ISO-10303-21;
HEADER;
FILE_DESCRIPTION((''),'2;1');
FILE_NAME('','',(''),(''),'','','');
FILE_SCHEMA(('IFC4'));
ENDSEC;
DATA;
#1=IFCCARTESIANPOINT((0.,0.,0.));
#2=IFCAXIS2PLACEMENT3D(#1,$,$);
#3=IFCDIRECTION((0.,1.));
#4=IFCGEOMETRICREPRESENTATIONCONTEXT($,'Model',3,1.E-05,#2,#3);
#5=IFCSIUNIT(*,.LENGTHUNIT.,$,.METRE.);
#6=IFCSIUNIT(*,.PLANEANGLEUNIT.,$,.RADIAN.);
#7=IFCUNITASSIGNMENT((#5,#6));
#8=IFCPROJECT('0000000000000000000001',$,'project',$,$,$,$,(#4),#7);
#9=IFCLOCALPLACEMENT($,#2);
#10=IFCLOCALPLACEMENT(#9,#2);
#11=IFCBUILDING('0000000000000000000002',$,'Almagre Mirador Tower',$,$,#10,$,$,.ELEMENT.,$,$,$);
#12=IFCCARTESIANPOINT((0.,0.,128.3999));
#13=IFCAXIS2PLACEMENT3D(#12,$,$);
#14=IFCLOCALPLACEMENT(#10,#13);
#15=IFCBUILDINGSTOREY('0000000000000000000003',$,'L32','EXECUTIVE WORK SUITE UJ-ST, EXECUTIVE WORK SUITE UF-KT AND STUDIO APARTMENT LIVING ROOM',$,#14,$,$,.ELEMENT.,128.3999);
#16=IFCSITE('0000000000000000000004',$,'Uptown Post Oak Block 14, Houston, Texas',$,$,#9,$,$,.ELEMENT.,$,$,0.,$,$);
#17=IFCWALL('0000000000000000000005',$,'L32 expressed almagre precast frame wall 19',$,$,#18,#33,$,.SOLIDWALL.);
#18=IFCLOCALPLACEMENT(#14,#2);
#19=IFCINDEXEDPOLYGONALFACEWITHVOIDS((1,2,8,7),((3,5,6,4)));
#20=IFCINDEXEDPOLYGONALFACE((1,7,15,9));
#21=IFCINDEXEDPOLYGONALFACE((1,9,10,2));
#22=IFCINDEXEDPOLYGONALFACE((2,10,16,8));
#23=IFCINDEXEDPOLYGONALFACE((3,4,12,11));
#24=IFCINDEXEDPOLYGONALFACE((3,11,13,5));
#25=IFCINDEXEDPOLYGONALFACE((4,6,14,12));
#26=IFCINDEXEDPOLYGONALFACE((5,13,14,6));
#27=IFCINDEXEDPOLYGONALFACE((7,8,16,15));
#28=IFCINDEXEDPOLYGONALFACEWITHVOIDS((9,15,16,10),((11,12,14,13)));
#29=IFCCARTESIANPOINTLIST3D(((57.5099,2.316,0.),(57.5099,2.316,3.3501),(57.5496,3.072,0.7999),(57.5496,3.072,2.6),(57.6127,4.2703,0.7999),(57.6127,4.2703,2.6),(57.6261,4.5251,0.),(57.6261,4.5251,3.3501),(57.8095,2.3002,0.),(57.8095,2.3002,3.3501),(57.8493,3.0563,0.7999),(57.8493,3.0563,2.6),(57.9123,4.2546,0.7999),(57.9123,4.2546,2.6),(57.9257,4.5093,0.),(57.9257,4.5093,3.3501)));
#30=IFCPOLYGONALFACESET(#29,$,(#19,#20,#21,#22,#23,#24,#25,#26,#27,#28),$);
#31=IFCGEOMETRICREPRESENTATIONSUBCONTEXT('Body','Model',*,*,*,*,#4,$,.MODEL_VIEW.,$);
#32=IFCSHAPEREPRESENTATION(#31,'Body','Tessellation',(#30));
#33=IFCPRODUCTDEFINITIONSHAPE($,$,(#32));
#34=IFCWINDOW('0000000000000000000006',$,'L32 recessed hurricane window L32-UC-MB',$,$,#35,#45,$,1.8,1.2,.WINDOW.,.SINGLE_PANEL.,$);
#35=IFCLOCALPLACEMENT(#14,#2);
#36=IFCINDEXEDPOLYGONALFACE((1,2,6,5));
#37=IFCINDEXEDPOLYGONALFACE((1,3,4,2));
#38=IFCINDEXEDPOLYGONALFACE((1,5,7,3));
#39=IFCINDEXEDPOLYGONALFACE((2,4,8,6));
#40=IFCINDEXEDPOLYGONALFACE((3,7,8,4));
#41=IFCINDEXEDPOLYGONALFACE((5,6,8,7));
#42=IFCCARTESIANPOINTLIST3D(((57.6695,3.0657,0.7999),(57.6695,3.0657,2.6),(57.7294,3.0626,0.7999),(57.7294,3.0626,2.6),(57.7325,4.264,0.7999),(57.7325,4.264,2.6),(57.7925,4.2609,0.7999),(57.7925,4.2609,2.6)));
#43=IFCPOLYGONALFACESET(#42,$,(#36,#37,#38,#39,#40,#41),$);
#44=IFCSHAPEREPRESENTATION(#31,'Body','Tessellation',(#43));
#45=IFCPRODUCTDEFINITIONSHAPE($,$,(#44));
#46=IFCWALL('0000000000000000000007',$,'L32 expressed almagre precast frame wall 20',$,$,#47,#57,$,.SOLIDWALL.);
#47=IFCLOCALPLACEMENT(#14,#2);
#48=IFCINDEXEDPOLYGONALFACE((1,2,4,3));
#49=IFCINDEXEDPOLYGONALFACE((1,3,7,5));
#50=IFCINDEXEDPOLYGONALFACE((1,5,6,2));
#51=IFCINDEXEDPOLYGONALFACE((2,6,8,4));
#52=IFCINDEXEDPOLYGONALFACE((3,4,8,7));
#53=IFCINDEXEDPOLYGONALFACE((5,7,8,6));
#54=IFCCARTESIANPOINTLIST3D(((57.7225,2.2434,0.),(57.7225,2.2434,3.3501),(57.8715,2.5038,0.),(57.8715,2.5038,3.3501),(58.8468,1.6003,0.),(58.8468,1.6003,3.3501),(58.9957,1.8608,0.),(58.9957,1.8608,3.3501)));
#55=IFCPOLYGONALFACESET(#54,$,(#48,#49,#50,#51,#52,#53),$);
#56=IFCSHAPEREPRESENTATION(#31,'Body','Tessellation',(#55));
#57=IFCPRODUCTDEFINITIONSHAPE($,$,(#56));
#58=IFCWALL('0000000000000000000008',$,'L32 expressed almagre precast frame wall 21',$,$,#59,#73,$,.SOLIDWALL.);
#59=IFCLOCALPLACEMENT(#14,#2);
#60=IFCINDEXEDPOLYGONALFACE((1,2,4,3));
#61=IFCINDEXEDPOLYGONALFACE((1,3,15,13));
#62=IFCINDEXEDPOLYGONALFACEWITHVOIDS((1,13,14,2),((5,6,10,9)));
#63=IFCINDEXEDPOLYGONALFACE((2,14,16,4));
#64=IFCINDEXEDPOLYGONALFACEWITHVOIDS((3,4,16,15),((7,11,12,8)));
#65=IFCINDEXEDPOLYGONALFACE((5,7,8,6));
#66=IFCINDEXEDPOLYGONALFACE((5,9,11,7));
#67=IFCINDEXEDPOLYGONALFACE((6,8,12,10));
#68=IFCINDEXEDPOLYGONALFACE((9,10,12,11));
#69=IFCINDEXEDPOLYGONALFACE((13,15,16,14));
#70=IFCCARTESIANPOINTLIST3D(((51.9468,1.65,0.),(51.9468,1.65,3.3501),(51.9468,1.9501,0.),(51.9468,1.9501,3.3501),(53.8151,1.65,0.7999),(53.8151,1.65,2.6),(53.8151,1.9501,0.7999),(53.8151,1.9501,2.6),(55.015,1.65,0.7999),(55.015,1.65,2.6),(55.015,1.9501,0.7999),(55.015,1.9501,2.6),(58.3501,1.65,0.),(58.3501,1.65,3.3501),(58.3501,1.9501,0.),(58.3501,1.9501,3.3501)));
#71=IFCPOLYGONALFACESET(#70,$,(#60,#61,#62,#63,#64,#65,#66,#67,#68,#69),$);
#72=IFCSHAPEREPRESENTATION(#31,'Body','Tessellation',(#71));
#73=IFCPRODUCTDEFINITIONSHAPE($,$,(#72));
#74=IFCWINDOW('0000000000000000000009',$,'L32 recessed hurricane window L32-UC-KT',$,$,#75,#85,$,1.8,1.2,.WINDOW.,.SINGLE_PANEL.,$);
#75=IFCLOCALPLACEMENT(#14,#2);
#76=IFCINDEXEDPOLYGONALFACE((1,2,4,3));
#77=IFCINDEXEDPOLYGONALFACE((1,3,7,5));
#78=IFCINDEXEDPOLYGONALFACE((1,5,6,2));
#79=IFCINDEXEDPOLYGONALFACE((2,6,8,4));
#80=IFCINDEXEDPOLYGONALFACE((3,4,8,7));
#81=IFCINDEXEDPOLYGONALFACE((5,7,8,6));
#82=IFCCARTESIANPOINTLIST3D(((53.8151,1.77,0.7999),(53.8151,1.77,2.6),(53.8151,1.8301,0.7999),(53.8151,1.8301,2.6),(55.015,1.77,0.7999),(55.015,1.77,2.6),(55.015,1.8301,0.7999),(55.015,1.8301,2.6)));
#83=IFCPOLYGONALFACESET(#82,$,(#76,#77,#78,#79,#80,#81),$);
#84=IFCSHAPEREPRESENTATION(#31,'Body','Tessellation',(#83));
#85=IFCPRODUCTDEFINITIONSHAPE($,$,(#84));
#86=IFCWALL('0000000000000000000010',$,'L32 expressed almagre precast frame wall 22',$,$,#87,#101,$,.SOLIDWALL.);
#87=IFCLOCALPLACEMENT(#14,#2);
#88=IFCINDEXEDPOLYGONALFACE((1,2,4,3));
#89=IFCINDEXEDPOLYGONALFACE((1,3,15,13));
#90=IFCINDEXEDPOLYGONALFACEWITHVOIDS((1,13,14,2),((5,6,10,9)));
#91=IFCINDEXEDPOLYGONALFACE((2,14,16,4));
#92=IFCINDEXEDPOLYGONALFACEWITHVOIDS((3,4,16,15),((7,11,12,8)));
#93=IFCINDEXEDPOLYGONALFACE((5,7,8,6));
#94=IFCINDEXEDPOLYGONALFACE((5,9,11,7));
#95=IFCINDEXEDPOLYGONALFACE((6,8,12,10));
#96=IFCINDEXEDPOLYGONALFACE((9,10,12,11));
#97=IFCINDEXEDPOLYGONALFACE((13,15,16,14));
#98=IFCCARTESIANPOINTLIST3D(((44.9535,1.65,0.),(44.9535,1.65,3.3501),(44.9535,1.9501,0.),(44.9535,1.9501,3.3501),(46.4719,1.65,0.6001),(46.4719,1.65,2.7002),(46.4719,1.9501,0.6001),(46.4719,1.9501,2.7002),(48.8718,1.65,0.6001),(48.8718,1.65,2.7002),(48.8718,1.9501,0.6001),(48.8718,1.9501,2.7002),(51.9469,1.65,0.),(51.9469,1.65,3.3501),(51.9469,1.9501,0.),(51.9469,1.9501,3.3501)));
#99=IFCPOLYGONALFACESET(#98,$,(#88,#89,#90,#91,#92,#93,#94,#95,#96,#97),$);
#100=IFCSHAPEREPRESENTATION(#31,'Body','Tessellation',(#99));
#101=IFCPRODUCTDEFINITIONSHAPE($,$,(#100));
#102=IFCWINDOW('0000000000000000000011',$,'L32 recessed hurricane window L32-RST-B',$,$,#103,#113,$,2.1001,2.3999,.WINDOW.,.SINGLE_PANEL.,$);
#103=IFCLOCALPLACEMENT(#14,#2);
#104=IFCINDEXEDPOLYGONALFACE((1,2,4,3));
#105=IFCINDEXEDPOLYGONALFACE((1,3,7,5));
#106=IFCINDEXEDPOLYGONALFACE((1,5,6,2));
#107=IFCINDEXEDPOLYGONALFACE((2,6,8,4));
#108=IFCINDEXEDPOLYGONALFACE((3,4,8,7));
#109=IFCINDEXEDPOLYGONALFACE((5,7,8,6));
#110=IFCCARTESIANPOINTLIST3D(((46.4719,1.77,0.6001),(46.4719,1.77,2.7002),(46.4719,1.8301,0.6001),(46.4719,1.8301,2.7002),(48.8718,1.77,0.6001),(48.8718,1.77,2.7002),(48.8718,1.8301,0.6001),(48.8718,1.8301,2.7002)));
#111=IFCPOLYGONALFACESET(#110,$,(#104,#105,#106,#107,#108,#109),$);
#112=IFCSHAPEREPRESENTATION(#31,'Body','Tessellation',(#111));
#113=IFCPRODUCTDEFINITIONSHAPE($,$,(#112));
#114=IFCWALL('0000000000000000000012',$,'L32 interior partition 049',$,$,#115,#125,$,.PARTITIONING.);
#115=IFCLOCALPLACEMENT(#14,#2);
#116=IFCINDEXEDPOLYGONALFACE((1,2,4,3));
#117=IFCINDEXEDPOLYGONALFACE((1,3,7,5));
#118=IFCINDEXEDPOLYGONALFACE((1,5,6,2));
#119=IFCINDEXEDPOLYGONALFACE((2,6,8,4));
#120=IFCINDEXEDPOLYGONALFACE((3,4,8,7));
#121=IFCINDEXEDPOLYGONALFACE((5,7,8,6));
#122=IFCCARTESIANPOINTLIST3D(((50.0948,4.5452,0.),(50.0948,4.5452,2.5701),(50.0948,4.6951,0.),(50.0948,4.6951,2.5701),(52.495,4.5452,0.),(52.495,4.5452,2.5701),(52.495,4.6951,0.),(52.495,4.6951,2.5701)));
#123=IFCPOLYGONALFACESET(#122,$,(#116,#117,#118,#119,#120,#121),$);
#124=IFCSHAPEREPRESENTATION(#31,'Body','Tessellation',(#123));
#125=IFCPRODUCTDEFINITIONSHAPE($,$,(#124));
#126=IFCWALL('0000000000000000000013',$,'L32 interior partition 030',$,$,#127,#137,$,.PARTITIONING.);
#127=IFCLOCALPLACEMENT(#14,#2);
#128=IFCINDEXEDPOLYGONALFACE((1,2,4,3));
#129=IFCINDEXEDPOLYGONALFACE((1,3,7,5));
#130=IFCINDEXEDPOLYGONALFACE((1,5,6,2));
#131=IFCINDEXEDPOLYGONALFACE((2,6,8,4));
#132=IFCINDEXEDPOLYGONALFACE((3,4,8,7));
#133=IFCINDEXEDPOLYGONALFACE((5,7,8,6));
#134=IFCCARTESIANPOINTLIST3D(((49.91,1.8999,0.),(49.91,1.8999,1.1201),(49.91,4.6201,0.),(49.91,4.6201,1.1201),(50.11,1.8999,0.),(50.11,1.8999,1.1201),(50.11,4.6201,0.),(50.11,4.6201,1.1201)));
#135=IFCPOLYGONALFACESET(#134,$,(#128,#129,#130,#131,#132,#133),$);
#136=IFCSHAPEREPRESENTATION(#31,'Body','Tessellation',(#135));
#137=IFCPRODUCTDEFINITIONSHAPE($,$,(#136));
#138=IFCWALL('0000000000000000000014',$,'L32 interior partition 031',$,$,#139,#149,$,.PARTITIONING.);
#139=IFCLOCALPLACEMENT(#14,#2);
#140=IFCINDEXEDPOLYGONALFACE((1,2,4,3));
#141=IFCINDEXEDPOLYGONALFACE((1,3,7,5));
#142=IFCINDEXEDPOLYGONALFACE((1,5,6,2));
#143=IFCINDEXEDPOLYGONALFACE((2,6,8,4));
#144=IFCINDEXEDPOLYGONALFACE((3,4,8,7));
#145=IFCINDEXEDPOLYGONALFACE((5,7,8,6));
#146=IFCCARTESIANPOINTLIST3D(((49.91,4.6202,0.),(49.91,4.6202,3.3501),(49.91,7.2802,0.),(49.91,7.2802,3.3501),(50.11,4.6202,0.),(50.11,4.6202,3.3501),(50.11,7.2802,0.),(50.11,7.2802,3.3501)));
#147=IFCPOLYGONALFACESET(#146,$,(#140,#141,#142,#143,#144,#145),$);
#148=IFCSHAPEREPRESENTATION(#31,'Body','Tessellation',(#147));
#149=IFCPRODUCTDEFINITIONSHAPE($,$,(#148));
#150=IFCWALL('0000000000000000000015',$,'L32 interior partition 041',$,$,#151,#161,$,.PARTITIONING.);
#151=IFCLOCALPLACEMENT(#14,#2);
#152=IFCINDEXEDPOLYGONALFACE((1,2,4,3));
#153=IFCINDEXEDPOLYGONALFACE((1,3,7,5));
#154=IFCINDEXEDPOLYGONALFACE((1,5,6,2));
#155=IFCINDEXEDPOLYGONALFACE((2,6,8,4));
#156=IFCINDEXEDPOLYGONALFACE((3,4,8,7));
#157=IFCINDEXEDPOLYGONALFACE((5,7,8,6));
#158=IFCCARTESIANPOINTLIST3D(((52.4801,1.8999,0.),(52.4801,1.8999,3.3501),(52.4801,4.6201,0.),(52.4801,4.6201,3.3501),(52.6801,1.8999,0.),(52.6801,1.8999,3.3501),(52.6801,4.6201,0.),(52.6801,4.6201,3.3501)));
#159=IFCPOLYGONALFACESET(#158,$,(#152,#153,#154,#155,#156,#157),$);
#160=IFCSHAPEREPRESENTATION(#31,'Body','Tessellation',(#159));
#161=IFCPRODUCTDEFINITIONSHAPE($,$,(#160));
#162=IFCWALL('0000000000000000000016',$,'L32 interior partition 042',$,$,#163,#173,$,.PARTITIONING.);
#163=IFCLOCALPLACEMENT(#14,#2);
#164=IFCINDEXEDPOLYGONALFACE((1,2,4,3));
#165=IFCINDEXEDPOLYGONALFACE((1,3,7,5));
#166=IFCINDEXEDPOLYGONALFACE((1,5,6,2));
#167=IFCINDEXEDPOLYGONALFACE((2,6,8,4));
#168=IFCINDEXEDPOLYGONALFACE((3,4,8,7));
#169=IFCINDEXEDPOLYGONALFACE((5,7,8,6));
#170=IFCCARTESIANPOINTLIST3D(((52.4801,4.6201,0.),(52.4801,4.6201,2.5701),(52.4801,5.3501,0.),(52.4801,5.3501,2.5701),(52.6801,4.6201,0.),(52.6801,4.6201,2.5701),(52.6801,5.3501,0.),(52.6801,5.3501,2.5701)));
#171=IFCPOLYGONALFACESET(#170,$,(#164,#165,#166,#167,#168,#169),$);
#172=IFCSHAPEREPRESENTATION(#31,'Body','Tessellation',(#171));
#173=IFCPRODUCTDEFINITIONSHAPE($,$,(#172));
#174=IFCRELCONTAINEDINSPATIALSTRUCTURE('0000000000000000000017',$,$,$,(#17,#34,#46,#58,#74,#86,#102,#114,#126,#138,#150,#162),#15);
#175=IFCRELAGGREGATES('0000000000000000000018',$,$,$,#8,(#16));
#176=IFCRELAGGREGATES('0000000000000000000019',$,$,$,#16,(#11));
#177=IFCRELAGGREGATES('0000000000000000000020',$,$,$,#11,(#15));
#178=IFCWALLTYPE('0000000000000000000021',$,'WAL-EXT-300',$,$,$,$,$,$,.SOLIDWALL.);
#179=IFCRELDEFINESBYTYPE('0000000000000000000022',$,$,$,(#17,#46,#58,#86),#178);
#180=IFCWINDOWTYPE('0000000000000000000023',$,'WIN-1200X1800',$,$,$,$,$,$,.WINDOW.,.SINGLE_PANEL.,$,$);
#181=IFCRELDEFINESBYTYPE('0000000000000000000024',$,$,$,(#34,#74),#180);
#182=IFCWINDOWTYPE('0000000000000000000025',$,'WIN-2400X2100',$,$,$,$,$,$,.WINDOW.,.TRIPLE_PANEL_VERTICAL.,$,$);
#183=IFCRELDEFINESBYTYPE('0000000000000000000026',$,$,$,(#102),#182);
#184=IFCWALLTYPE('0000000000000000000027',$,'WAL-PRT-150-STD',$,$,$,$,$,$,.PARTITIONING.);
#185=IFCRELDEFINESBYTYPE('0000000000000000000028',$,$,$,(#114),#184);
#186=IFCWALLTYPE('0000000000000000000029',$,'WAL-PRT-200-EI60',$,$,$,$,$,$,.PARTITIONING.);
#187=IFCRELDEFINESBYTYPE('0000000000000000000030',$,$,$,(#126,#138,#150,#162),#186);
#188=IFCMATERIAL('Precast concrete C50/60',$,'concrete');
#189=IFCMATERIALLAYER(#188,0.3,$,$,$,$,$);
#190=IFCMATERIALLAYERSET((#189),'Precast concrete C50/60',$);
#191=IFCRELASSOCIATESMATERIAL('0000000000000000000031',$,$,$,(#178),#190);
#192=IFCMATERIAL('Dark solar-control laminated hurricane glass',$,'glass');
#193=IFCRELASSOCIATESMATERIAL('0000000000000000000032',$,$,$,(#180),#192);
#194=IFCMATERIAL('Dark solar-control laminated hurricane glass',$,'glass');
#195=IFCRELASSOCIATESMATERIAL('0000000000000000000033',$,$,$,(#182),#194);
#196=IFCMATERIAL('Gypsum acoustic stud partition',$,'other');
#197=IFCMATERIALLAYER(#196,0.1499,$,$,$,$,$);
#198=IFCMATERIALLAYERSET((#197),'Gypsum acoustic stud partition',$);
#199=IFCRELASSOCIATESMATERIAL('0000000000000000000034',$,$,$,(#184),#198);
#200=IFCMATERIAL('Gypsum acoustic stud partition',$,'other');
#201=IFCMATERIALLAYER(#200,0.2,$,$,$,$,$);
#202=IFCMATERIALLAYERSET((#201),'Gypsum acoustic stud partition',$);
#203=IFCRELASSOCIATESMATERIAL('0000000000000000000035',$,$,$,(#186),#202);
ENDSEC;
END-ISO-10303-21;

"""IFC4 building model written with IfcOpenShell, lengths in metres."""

from ifc_helpers import new_model, si_unit, direction, frame, frame_2d, origin, place, context, subcontext, project, spatial, rectangle, extrude, material, layer, layer_set, type_object, element, fill, save


model = new_model("IFC4")

# Units and contexts
model_context = context("Model", 3, precision=1e-05, world=origin(), true_north=direction((0.0, 1.0)))
body_context = subcontext(model_context, "Body", "Model", "MODEL_VIEW")
ifc_project = project(units=[si_unit("LENGTHUNIT", "METRE"), si_unit("PLANEANGLEUNIT", "RADIAN")], contexts=[model_context])

# Site, building, storey
site_placement = place(None, origin())
site = spatial("IfcSite", under=ifc_project, at=site_placement, Name="Uptown Post Oak Block 14, Houston, Texas", CompositionType="ELEMENT", RefElevation=0.0)
building_placement = place(site_placement, origin())
building = spatial("IfcBuilding", under=site, at=building_placement, Name="Almagre Mirador Tower", CompositionType="ELEMENT")
storey_placement = place(building_placement, frame((0.0, 0.0, 128.3999)))
storey = spatial("IfcBuildingStorey", under=building, at=storey_placement, Name="L32", Description="EXECUTIVE WORK SUITE UJ-ST, EXECUTIVE WORK SUITE UF-KT AND STUDIO APARTMENT LIVING ROOM", CompositionType="ELEMENT", Elevation=128.3999)

# Shared definitions
ifc_material_1 = material(Name="Precast concrete C50/60", Category="concrete")
ifc_layer_1 = layer(ifc_material_1, 0.3)
ifc_layer_set_1 = layer_set([ifc_layer_1], Name="Precast concrete C50/60")
wall_type_1 = type_object("IfcWallType", Name="WAL-EXT-300", PredefinedType="SOLIDWALL", material=ifc_layer_set_1)

# Wall, opening, window
wall_1_placement = place(storey_placement, frame((57.7759, 4.5171, 0.0), z_axis=(0.0, 0.0, 1.0), x_axis=(-0.052536, -0.998619, 0.0)))
wall_1 = element("IfcWall", 1, at=wall_1_placement, inside=storey, type_object=wall_type_1, Name="L32 expressed almagre precast frame wall 19", PredefinedType="SOLIDWALL", context=body_context, shape_type="SweptSolid", body=[
    extrude(rectangle(XDim=2.2122, YDim=0.3, at=frame_2d((1.106, 0.0))), origin(), (0.0, 0.0, 1.0), 3.3501),
])
opening_1_placement = place(wall_1_placement, frame((0.2549, 0.0, 0.8)))
opening_1 = element("IfcOpeningElement", 2, at=opening_1_placement, cuts=wall_1, PredefinedType="OPENING", context=body_context, shape_type="SweptSolid", body=[
    extrude(rectangle(XDim=1.2, YDim=1.8, at=frame_2d((0.6001, 0.8999))), frame((0.0, 0.1599, 0.0), z_axis=(0.0, -1.0, 0.0), x_axis=(1.0, 0.0, 0.0)), (0.0, 0.0, 1.0), 0.32),
])
ifc_material_2 = material(Name="Dark solar-control laminated hurricane glass", Category="glass")
window_type_1 = type_object("IfcWindowType", Name="WIN-1200X1800", PartitioningType="SINGLE_PANEL", PredefinedType="WINDOW", material=ifc_material_2)
window_1_placement = place(opening_1_placement, origin())
window_1 = element("IfcWindow", 3, at=window_1_placement, inside=storey, type_object=window_type_1, Name="L32 recessed hurricane window L32-UC-MB", OverallHeight=1.8, OverallWidth=1.2, PartitioningType="SINGLE_PANEL", PredefinedType="WINDOW", context=body_context, shape_type="SweptSolid", body=[
    extrude(rectangle(XDim=1.2, YDim=1.8, at=frame_2d((0.6001, 0.8999))), frame((0.0, 0.03, 0.0), z_axis=(0.0, -1.0, 0.0), x_axis=(1.0, 0.0, 0.0)), (0.0, 0.0, 1.0), 0.0601),
])
fill(opening_1, window_1)

# Wall
wall_2_placement = place(storey_placement, frame((57.7971, 2.3735, 0.0), z_axis=(0.0, 0.0, 1.0), x_axis=(0.868034, -0.496504, 0.0)))
element("IfcWall", 4, at=wall_2_placement, inside=storey, type_object=wall_type_1, Name="L32 expressed almagre precast frame wall 20", PredefinedType="SOLIDWALL", context=body_context, shape_type="SweptSolid", body=[
    extrude(rectangle(XDim=1.2952, YDim=0.3, at=frame_2d((0.6475, 0.0))), origin(), (0.0, 0.0, 1.0), 3.3501),
])

# Walls, openings, windows
wall_3_placement = place(storey_placement, frame((58.3501, 1.8, 0.0), z_axis=(0.0, 0.0, 1.0), x_axis=(-1.0, 0.0, 0.0)))
wall_3 = element("IfcWall", 5, at=wall_3_placement, inside=storey, type_object=wall_type_1, Name="L32 expressed almagre precast frame wall 21", PredefinedType="SOLIDWALL", context=body_context, shape_type="SweptSolid", body=[
    extrude(rectangle(XDim=6.4033, YDim=0.3, at=frame_2d((3.2017, 0.0))), origin(), (0.0, 0.0, 1.0), 3.3501),
])
opening_2_placement = place(wall_3_placement, frame((3.335, 0.0, 0.8)))
opening_2 = element("IfcOpeningElement", 6, at=opening_2_placement, cuts=wall_3, PredefinedType="OPENING", context=body_context, shape_type="SweptSolid", body=[
    extrude(rectangle(XDim=1.2, YDim=1.8, at=frame_2d((0.6001, 0.8999))), frame((0.0, 0.1599, 0.0), z_axis=(0.0, -1.0, 0.0), x_axis=(1.0, 0.0, 0.0)), (0.0, 0.0, 1.0), 0.32),
])
window_2_placement = place(opening_2_placement, origin())
window_2 = element("IfcWindow", 7, at=window_2_placement, inside=storey, type_object=window_type_1, Name="L32 recessed hurricane window L32-UC-KT", OverallHeight=1.8, OverallWidth=1.2, PartitioningType="SINGLE_PANEL", PredefinedType="WINDOW", context=body_context, shape_type="SweptSolid", body=[
    extrude(rectangle(XDim=1.2, YDim=1.8, at=frame_2d((0.6001, 0.8999))), frame((0.0, 0.03, 0.0), z_axis=(0.0, -1.0, 0.0), x_axis=(1.0, 0.0, 0.0)), (0.0, 0.0, 1.0), 0.0601),
])
fill(opening_2, window_2)
wall_4_placement = place(storey_placement, frame((51.9468, 1.8, 0.0), z_axis=(0.0, 0.0, 1.0), x_axis=(-1.0, 0.0, 0.0)))
wall_4 = element("IfcWall", 8, at=wall_4_placement, inside=storey, type_object=wall_type_1, Name="L32 expressed almagre precast frame wall 22", PredefinedType="SOLIDWALL", context=body_context, shape_type="SweptSolid", body=[
    extrude(rectangle(XDim=6.9934, YDim=0.3, at=frame_2d((3.4966, 0.0))), origin(), (0.0, 0.0, 1.0), 3.3501),
])
opening_3_placement = place(wall_4_placement, frame((3.075, 0.0, 0.6001)))
opening_3 = element("IfcOpeningElement", 9, at=opening_3_placement, cuts=wall_4, PredefinedType="OPENING", context=body_context, shape_type="SweptSolid", body=[
    extrude(rectangle(XDim=2.3999, YDim=2.1001, at=frame_2d((1.2, 1.05))), frame((0.0, 0.1599, 0.0), z_axis=(0.0, -1.0, 0.0), x_axis=(1.0, 0.0, 0.0)), (0.0, 0.0, 1.0), 0.32),
])
ifc_material_3 = material(Name="Dark solar-control laminated hurricane glass", Category="glass")
window_type_2 = type_object("IfcWindowType", Name="WIN-2400X2100", PartitioningType="TRIPLE_PANEL_VERTICAL", PredefinedType="WINDOW", material=ifc_material_3)
window_3_placement = place(opening_3_placement, origin())
window_3 = element("IfcWindow", 10, at=window_3_placement, inside=storey, type_object=window_type_2, Name="L32 recessed hurricane window L32-RST-B", OverallHeight=2.1001, OverallWidth=2.3999, PartitioningType="SINGLE_PANEL", PredefinedType="WINDOW", context=body_context, shape_type="SweptSolid", body=[
    extrude(rectangle(XDim=2.3999, YDim=2.1001, at=frame_2d((1.2, 1.05))), frame((0.0, 0.03, 0.0), z_axis=(0.0, -1.0, 0.0), x_axis=(1.0, 0.0, 0.0)), (0.0, 0.0, 1.0), 0.0601),
])
fill(opening_3, window_3)

# Walls
ifc_material_4 = material(Name="Gypsum acoustic stud partition", Category="other")
ifc_layer_2 = layer(ifc_material_4, 0.1499)
ifc_layer_set_2 = layer_set([ifc_layer_2], Name="Gypsum acoustic stud partition")
wall_type_2 = type_object("IfcWallType", Name="WAL-PRT-150-STD", PredefinedType="PARTITIONING", material=ifc_layer_set_2)
wall_5_placement = place(storey_placement, frame((52.4951, 4.6201, 0.0), z_axis=(0.0, 0.0, 1.0), x_axis=(-1.0, 0.0, 0.0)))
element("IfcWall", 11, at=wall_5_placement, inside=storey, type_object=wall_type_2, Name="L32 interior partition 049", PredefinedType="PARTITIONING", context=body_context, shape_type="SweptSolid", body=[
    extrude(rectangle(XDim=2.4001, YDim=0.1499, at=frame_2d((1.2002, 0.0))), origin(), (0.0, 0.0, 1.0), 2.5701),
])
ifc_material_5 = material(Name="Gypsum acoustic stud partition", Category="other")
ifc_layer_3 = layer(ifc_material_5, 0.2)
ifc_layer_set_3 = layer_set([ifc_layer_3], Name="Gypsum acoustic stud partition")
wall_type_3 = type_object("IfcWallType", Name="WAL-PRT-200-EI60", PredefinedType="PARTITIONING", material=ifc_layer_set_3)
wall_6_placement = place(storey_placement, frame((50.01, 1.8999, 0.0), z_axis=(0.0, 0.0, 1.0), x_axis=(0.0, 1.0, 0.0)))
element("IfcWall", 12, at=wall_6_placement, inside=storey, type_object=wall_type_3, Name="L32 interior partition 030", PredefinedType="PARTITIONING", context=body_context, shape_type="SweptSolid", body=[
    extrude(rectangle(XDim=2.7202, YDim=0.2, at=frame_2d((1.3601, 0.0))), origin(), (0.0, 0.0, 1.0), 1.1201),
])
wall_7_placement = place(storey_placement, frame((50.01, 4.6201, 0.0), z_axis=(0.0, 0.0, 1.0), x_axis=(0.0, 1.0, 0.0)))
element("IfcWall", 13, at=wall_7_placement, inside=storey, type_object=wall_type_3, Name="L32 interior partition 031", PredefinedType="PARTITIONING", context=body_context, shape_type="SweptSolid", body=[
    extrude(rectangle(XDim=2.6599, YDim=0.2, at=frame_2d((1.3301, 0.0))), origin(), (0.0, 0.0, 1.0), 3.3501),
])
wall_8_placement = place(storey_placement, frame((52.5801, 4.6201, 0.0), z_axis=(0.0, 0.0, 1.0), x_axis=(0.0, -1.0, 0.0)))
element("IfcWall", 14, at=wall_8_placement, inside=storey, type_object=wall_type_3, Name="L32 interior partition 041", PredefinedType="PARTITIONING", context=body_context, shape_type="SweptSolid", body=[
    extrude(rectangle(XDim=2.7202, YDim=0.2, at=frame_2d((1.3601, 0.0))), origin(), (0.0, 0.0, 1.0), 3.3501),
])
wall_9_placement = place(storey_placement, frame((52.5801, 5.3501, 0.0), z_axis=(0.0, 0.0, 1.0), x_axis=(0.0, -1.0, 0.0)))
element("IfcWall", 15, at=wall_9_placement, inside=storey, type_object=wall_type_3, Name="L32 interior partition 042", PredefinedType="PARTITIONING", context=body_context, shape_type="SweptSolid", body=[
    extrude(rectangle(XDim=0.73, YDim=0.2, at=frame_2d((0.365, 0.0))), origin(), (0.0, 0.0, 1.0), 2.5701),
])

save(model, "model.ifc")
